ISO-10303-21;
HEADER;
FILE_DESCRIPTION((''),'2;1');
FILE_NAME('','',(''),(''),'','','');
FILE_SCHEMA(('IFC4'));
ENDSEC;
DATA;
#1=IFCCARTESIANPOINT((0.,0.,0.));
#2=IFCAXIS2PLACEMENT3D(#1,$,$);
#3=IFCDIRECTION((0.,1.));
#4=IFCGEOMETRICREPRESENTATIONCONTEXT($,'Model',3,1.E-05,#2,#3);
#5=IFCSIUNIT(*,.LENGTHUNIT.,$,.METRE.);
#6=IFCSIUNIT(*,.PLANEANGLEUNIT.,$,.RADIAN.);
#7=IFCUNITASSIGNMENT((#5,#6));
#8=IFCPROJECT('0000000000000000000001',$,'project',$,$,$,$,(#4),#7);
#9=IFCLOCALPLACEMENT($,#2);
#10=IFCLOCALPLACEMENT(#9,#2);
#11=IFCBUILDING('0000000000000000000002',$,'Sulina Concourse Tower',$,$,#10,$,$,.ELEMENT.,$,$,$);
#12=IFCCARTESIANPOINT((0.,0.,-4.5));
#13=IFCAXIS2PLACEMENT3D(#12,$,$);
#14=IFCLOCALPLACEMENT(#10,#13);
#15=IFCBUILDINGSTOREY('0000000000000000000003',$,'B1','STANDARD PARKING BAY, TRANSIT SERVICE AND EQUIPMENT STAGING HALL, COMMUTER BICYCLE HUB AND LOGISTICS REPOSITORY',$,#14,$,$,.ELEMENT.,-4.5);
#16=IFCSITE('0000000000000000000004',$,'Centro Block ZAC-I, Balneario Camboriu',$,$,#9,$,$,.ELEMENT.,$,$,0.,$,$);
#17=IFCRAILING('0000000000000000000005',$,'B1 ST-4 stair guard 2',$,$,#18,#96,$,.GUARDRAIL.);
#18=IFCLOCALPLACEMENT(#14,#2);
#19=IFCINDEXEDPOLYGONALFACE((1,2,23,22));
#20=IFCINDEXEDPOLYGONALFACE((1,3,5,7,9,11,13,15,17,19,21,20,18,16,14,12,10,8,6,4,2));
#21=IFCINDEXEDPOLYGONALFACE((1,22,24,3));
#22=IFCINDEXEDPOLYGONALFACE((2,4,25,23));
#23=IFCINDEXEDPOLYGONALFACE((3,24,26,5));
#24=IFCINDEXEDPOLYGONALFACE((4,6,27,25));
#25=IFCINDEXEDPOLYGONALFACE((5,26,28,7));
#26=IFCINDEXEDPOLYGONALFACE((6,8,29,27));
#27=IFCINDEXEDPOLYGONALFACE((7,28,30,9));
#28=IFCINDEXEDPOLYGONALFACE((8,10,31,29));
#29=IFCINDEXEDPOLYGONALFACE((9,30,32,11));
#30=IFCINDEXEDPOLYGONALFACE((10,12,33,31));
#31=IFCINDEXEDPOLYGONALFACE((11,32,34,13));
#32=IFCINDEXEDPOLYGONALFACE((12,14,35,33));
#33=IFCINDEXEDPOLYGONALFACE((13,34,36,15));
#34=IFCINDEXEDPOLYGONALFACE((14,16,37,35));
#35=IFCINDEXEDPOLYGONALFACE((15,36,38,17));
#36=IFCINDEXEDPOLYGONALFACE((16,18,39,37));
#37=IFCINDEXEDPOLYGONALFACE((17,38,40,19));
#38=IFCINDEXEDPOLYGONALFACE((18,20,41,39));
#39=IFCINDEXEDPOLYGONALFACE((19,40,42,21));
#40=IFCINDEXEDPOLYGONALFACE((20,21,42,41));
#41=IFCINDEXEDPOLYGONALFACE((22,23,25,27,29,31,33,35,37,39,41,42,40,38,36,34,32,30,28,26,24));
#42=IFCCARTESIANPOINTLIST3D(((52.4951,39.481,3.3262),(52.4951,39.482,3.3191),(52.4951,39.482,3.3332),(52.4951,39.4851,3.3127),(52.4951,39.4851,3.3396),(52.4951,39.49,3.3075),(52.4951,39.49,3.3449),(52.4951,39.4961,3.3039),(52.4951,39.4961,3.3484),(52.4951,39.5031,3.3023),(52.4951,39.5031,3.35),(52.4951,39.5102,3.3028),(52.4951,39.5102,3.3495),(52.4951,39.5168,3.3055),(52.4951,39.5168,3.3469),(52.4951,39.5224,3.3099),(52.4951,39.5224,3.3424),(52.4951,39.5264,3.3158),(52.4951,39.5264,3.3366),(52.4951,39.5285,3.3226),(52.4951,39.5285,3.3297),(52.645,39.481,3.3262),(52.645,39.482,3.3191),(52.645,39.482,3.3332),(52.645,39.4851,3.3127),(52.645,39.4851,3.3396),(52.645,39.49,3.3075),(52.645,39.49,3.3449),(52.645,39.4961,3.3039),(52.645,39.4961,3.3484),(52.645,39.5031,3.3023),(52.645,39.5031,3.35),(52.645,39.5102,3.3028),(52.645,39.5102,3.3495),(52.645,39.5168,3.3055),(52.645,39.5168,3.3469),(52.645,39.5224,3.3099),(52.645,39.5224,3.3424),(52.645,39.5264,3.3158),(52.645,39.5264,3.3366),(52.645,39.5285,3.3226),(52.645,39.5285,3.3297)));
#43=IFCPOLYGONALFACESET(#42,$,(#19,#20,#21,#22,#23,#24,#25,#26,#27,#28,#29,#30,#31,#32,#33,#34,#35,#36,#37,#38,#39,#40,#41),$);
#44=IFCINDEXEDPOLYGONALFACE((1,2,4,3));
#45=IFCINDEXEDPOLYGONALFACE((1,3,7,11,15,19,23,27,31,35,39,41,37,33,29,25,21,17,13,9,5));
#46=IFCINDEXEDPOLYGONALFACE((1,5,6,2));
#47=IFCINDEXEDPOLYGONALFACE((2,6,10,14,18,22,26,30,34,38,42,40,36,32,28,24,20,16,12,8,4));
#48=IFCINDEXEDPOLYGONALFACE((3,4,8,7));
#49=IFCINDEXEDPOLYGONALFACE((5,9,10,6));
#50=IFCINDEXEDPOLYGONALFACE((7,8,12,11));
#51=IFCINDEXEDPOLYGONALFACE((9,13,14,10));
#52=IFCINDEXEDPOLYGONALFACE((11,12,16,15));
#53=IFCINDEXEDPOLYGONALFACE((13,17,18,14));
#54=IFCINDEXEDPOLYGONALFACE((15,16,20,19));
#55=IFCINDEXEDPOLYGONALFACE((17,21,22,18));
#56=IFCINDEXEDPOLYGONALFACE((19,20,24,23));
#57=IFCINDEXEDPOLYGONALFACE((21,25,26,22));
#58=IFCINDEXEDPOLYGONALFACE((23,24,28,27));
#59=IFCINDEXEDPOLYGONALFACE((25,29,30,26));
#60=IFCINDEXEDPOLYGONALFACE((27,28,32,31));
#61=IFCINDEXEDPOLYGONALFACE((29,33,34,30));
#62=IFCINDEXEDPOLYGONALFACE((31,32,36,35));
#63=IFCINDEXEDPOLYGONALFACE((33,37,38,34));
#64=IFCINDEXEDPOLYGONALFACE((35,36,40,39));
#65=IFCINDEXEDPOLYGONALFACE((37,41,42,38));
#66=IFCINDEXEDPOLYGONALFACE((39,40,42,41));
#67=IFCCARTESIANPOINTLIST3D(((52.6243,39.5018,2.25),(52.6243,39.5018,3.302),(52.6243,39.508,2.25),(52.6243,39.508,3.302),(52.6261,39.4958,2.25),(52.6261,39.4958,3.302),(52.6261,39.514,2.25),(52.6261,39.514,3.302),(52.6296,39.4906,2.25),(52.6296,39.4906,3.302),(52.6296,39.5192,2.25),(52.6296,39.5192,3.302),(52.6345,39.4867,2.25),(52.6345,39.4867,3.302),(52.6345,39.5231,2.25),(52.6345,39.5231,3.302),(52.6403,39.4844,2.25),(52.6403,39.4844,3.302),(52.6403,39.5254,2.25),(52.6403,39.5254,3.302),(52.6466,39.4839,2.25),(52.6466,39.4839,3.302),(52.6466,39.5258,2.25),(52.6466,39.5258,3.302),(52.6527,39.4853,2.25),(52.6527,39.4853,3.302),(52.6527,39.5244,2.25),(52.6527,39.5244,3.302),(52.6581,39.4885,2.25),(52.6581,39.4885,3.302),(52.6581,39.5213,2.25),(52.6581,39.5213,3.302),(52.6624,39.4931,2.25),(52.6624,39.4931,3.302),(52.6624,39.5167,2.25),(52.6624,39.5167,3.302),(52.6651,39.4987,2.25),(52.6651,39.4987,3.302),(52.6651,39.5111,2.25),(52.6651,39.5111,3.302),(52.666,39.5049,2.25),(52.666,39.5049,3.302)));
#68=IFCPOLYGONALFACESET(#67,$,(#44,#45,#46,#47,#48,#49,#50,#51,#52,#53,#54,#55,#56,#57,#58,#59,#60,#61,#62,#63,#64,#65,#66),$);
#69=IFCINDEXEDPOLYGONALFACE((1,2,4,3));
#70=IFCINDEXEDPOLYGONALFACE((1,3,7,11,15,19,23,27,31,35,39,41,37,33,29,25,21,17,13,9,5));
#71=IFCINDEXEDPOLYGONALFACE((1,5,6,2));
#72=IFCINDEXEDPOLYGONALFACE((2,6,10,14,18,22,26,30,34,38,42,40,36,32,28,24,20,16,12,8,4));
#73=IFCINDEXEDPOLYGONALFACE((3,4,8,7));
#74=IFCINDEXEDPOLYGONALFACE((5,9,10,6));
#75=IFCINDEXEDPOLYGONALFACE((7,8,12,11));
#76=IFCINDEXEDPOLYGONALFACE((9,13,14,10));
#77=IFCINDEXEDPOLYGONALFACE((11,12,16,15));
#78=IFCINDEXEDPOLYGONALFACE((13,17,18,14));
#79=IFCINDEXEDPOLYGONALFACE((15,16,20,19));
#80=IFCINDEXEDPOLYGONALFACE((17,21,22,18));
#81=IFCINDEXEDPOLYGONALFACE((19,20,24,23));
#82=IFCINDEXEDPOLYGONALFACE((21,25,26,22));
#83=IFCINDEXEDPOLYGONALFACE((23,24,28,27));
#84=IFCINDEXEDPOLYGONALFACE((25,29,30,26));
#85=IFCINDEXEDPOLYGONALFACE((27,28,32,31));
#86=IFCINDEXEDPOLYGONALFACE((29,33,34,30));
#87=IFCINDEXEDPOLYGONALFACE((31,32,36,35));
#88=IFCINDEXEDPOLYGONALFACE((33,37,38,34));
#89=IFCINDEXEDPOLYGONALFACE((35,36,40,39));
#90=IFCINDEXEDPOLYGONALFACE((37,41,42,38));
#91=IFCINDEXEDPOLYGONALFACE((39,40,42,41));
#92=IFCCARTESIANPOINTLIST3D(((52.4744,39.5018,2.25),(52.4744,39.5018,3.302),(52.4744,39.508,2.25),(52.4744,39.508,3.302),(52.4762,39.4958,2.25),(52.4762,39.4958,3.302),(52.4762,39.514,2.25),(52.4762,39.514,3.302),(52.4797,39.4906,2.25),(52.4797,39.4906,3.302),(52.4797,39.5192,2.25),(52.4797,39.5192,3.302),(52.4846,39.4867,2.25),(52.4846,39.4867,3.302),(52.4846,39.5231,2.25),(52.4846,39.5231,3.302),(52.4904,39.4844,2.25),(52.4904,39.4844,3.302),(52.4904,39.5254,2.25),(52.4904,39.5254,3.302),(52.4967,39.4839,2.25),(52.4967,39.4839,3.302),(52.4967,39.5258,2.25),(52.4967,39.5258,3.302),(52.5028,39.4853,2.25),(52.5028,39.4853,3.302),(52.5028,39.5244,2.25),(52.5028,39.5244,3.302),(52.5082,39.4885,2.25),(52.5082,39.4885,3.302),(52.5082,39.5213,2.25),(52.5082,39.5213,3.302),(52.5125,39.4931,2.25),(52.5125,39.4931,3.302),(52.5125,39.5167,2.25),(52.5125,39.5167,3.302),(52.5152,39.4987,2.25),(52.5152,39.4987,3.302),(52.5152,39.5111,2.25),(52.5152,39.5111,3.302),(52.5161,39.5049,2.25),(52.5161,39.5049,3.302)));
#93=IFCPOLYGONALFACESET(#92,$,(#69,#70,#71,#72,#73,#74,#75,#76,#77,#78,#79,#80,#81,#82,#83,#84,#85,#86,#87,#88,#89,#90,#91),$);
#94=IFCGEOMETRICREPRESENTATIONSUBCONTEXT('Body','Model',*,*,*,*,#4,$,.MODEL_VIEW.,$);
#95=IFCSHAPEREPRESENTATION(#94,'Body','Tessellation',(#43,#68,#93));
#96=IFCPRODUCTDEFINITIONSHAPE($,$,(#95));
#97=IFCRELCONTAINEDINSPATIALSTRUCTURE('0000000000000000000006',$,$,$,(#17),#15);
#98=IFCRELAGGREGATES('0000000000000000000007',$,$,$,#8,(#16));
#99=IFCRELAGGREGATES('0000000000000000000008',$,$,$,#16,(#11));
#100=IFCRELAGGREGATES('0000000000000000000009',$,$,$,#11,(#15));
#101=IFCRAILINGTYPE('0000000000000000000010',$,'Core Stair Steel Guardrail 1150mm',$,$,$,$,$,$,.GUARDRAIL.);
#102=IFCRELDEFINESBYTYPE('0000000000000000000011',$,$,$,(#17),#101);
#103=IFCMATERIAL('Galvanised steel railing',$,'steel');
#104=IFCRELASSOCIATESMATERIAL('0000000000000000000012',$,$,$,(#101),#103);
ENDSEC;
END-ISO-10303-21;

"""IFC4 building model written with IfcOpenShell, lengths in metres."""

from ifc_helpers import new_model, si_unit, direction, frame, origin, origin_2d, place, context, subcontext, project, spatial, circle, extrude, material, type_object, element, save


model = new_model("IFC4")

# Units and contexts
model_context = context("Model", 3, precision=1e-05, world=origin(), true_north=direction((0.0, 1.0)))
body_context = subcontext(model_context, "Body", "Model", "MODEL_VIEW")
ifc_project = project(units=[si_unit("LENGTHUNIT", "METRE"), si_unit("PLANEANGLEUNIT", "RADIAN")], contexts=[model_context])

# Site, building, storey
site_placement = place(None, origin())
site = spatial("IfcSite", under=ifc_project, at=site_placement, Name="Centro Block ZAC-I, Balneario Camboriu", CompositionType="ELEMENT", RefElevation=0.0)
building_placement = place(site_placement, origin())
building = spatial("IfcBuilding", under=site, at=building_placement, Name="Sulina Concourse Tower", CompositionType="ELEMENT")
storey_placement = place(building_placement, frame((0.0, 0.0, -4.5)))
storey = spatial("IfcBuildingStorey", under=building, at=storey_placement, Name="B1", Description="STANDARD PARKING BAY, TRANSIT SERVICE AND EQUIPMENT STAGING HALL, COMMUTER BICYCLE HUB AND LOGISTICS REPOSITORY", CompositionType="ELEMENT", Elevation=-4.5)

# Railing
ifc_material_1 = material(Name="Galvanised steel railing", Category="steel")
railing_type_1 = type_object("IfcRailingType", Name="Core Stair Steel Guardrail 1150mm", PredefinedType="GUARDRAIL", material=ifc_material_1)
railing_1_placement = place(storey_placement, frame((52.645, 39.5049, 2.25)))
element("IfcRailing", 1, at=railing_1_placement, inside=storey, type_object=railing_type_1, Name="B1 ST-4 stair guard 2", PredefinedType="GUARDRAIL", context=body_context, shape_type="SweptSolid", body=[
    extrude(circle(Radius=0.0239, at=origin_2d()), frame((0.0, 0.0, 1.0762), z_axis=(-1.0, 0.0, 0.0), x_axis=(0.0, -1.0, 0.0)), (0.0, 0.0, 1.0), 0.1499),
    extrude(circle(Radius=0.021, at=origin_2d()), origin(), (0.0, 0.0, 1.0), 1.052),
    extrude(circle(Radius=0.021, at=origin_2d()), frame((-0.1499, 0.0, 0.0)), (0.0, 0.0, 1.0), 1.052),
])

save(model, "model.ifc")
